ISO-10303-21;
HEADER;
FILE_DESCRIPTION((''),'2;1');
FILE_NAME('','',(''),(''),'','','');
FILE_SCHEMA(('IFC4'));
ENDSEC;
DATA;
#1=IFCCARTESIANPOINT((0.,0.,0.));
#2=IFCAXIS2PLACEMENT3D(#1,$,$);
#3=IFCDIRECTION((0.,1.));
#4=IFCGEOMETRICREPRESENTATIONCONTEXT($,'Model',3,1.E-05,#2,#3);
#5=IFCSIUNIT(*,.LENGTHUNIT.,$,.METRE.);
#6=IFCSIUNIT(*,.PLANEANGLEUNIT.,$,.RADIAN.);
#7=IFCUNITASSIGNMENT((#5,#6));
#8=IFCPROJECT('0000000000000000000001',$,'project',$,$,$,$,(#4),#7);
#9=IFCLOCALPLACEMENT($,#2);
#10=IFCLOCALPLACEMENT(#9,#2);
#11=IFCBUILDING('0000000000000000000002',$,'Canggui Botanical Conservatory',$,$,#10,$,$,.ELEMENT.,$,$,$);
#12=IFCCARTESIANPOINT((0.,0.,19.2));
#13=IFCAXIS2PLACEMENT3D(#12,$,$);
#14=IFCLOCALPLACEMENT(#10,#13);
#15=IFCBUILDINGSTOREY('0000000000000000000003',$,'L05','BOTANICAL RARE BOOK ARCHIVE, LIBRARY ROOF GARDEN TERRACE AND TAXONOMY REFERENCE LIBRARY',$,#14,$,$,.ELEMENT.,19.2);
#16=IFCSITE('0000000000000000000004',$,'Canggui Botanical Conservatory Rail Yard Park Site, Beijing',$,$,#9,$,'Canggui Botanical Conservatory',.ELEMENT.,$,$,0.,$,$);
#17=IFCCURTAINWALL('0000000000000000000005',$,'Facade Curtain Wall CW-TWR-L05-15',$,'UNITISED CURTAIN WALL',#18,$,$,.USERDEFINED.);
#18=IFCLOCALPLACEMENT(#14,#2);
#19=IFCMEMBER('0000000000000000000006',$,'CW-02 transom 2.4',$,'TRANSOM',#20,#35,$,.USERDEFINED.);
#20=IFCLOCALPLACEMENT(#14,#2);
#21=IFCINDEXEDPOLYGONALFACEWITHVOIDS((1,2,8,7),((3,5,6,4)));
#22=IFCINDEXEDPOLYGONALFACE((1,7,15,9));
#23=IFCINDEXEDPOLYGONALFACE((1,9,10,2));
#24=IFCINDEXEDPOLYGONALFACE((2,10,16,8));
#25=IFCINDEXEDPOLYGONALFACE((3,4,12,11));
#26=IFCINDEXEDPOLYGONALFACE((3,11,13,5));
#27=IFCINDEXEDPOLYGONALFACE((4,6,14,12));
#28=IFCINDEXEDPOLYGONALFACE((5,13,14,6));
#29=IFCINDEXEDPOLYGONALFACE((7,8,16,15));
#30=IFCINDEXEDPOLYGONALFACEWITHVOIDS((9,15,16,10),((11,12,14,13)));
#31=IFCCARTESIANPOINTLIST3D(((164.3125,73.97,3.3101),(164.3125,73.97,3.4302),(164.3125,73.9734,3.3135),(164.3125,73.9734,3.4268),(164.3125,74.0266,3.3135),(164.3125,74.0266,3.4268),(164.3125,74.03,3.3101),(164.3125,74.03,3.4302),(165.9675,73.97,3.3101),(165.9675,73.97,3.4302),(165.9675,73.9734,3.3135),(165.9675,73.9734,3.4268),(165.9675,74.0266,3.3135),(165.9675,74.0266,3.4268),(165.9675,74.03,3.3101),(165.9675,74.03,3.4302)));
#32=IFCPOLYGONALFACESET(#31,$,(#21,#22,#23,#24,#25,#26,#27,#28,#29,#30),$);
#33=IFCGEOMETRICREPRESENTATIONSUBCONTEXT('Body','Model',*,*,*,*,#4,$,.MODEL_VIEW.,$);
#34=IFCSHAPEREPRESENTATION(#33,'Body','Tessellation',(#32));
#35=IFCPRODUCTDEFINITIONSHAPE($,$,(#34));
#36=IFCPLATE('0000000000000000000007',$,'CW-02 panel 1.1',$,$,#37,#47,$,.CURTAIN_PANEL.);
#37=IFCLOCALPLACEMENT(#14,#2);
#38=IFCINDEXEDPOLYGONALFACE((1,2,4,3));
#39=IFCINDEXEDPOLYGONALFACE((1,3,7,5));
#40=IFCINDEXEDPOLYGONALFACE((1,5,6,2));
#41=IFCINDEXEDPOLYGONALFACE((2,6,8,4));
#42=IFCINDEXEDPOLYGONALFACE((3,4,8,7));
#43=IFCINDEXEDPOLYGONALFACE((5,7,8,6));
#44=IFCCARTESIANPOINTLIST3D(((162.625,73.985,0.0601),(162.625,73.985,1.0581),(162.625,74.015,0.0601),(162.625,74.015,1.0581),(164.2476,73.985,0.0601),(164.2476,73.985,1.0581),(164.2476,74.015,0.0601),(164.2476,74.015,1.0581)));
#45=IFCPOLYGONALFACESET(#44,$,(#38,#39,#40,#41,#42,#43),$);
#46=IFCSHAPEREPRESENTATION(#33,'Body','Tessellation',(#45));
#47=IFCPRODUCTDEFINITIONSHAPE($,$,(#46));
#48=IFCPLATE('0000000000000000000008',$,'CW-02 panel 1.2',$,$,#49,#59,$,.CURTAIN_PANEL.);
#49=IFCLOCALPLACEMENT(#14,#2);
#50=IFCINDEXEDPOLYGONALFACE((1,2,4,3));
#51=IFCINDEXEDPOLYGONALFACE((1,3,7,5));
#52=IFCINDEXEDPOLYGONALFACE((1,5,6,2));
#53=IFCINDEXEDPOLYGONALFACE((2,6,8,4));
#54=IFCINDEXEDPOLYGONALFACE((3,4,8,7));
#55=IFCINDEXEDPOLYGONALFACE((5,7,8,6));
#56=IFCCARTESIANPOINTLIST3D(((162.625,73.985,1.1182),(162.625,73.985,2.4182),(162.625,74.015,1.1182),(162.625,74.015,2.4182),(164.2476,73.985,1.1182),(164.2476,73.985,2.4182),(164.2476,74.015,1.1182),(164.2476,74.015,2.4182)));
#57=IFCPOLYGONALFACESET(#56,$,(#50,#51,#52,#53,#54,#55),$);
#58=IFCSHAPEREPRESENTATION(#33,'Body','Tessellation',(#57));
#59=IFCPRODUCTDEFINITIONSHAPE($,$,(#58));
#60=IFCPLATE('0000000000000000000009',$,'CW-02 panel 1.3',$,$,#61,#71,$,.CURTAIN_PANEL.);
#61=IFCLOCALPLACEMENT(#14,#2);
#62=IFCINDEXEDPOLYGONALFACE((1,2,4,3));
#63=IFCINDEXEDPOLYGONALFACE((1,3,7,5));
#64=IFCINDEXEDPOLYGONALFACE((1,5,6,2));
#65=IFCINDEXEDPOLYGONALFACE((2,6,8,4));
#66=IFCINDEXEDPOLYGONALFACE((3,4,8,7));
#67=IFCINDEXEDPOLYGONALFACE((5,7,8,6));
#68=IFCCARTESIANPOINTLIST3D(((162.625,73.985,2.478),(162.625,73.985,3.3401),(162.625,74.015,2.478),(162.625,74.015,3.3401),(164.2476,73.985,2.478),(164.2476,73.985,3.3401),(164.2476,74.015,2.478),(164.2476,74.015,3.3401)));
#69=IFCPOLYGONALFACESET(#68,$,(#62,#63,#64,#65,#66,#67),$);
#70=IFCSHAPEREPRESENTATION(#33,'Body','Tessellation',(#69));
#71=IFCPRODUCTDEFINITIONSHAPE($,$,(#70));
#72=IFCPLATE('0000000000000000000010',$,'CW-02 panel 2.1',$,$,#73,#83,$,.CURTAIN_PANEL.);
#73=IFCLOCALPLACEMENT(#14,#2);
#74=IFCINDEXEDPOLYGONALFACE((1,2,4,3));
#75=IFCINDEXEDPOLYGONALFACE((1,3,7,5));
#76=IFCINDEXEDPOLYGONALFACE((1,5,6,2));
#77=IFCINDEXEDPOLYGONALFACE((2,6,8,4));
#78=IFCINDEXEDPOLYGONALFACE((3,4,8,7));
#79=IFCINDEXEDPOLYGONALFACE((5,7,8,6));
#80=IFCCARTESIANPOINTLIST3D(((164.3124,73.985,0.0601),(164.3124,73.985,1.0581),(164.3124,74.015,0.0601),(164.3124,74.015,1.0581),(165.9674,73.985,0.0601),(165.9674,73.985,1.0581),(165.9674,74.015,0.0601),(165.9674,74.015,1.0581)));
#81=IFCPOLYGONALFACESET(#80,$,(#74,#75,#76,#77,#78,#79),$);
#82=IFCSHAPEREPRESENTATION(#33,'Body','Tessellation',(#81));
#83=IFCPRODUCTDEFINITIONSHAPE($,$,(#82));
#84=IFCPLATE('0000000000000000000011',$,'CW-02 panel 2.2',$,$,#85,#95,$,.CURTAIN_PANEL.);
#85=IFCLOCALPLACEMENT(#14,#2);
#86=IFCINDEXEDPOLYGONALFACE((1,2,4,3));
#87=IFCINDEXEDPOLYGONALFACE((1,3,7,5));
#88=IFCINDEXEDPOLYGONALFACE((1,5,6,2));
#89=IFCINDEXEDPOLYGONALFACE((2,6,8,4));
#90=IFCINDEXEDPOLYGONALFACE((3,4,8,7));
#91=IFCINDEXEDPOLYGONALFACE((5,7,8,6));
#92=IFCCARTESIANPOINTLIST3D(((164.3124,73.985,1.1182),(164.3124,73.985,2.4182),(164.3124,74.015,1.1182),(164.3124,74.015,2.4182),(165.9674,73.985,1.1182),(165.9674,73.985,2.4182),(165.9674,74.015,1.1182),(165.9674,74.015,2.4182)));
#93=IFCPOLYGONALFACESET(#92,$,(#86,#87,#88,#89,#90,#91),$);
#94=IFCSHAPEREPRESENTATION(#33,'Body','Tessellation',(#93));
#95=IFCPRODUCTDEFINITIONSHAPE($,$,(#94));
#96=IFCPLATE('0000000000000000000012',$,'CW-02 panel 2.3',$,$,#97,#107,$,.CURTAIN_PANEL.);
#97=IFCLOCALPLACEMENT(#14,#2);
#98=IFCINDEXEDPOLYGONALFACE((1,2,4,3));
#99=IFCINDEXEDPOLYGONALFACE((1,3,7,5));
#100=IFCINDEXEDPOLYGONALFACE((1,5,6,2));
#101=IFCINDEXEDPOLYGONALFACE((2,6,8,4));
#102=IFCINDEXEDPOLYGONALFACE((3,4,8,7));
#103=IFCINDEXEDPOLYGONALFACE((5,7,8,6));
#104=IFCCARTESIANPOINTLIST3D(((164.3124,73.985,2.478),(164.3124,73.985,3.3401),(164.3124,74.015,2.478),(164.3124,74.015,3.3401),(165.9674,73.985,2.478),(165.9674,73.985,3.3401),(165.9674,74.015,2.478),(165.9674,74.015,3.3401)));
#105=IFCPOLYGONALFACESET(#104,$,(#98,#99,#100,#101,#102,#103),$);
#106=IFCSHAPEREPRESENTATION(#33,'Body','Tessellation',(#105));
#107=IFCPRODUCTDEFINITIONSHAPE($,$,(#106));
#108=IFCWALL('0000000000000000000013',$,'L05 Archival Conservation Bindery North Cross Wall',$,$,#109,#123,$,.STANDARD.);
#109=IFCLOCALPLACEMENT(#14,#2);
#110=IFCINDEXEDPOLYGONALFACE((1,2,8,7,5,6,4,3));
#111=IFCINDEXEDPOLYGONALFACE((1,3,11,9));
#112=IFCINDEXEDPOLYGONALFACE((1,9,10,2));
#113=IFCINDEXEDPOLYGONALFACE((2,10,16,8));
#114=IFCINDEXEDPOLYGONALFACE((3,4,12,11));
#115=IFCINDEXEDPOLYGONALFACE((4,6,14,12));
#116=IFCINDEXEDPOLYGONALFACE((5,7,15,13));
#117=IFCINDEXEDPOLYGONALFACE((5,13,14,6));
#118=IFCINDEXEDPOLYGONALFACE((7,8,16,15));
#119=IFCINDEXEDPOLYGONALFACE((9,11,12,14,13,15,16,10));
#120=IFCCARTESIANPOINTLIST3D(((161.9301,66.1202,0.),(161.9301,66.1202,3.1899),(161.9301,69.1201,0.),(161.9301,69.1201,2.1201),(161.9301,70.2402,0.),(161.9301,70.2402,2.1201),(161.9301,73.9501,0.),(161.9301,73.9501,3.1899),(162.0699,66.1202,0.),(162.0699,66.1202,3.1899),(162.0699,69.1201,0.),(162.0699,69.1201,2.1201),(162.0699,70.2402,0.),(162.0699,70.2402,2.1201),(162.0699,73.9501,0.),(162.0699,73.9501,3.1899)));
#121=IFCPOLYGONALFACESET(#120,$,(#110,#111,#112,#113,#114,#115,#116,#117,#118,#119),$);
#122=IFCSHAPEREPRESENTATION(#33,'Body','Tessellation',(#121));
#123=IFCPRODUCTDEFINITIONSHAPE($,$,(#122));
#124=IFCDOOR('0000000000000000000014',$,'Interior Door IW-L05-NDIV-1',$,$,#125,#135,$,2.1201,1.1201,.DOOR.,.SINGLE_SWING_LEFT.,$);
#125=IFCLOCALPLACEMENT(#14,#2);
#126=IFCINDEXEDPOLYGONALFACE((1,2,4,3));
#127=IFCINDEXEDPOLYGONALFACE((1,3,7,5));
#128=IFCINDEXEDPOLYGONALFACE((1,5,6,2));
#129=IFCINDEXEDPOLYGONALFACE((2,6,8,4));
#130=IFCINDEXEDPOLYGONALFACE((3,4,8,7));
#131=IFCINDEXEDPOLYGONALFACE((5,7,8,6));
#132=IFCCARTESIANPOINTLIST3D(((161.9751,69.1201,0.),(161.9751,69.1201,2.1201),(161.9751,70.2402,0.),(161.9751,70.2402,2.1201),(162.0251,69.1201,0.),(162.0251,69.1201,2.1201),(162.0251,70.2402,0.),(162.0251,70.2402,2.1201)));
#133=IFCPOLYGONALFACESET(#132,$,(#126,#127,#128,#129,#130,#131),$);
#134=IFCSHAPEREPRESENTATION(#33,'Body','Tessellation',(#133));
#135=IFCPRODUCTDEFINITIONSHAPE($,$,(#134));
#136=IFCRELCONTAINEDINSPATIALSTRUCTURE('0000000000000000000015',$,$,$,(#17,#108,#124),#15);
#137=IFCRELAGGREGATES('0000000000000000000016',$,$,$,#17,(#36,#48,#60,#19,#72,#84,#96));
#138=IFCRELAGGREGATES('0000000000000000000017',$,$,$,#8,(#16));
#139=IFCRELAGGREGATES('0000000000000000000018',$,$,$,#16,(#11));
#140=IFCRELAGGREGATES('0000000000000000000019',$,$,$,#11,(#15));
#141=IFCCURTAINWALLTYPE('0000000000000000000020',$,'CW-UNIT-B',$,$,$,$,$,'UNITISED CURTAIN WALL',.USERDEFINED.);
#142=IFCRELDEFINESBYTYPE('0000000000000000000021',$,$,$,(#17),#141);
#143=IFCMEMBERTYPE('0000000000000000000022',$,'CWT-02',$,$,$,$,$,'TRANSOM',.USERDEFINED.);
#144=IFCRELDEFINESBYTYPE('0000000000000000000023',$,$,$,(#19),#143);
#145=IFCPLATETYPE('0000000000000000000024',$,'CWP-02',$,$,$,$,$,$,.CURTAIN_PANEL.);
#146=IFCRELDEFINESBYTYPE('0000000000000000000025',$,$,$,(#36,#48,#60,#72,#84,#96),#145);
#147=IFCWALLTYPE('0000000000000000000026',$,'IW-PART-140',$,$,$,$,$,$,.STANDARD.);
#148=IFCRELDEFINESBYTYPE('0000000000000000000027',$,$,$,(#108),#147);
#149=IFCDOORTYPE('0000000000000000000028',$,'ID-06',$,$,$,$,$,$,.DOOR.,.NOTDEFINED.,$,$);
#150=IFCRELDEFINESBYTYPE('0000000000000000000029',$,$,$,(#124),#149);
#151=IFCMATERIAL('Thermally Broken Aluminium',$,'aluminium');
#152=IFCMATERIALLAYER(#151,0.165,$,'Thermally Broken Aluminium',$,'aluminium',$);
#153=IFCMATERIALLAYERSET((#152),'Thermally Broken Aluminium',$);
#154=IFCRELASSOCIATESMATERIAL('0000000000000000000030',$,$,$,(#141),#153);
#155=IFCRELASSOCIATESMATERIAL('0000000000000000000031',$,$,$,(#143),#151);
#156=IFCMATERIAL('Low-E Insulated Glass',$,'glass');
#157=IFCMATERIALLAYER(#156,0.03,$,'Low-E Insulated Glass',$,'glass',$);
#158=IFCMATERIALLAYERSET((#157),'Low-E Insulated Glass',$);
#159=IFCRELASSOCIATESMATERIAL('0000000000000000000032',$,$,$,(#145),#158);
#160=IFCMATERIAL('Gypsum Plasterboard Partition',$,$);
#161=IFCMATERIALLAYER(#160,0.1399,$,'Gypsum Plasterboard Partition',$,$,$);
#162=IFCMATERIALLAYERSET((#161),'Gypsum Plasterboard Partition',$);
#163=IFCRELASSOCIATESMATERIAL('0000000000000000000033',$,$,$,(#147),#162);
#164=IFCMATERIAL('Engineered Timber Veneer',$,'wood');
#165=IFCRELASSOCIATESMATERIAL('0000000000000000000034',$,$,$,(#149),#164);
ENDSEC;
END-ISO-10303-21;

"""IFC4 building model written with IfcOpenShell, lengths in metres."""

from ifc_helpers import new_model, si_unit, direction, frame, frame_2d, origin, origin_2d, place, context, subcontext, project, spatial, rectangle, hollow_rectangle, extrude, material, layer, layer_set, material_profile, profile_set, type_object, element, fill, aggregate, save


model = new_model("IFC4")

# Units and contexts
model_context = context("Model", 3, precision=1e-05, world=origin(), true_north=direction((0.0, 1.0)))
body_context = subcontext(model_context, "Body", "Model", "MODEL_VIEW")
ifc_project = project(units=[si_unit("LENGTHUNIT", "METRE"), si_unit("PLANEANGLEUNIT", "RADIAN")], contexts=[model_context])

# Site, building, storey
site_placement = place(None, origin())
site = spatial("IfcSite", under=ifc_project, at=site_placement, Name="Canggui Botanical Conservatory Rail Yard Park Site, Beijing", LongName="Canggui Botanical Conservatory", CompositionType="ELEMENT", RefElevation=0.0)
building_placement = place(site_placement, origin())
building = spatial("IfcBuilding", under=site, at=building_placement, Name="Canggui Botanical Conservatory", CompositionType="ELEMENT")
storey_placement = place(building_placement, frame((0.0, 0.0, 19.2)))
storey = spatial("IfcBuildingStorey", under=building, at=storey_placement, Name="L05", Description="BOTANICAL RARE BOOK ARCHIVE, LIBRARY ROOF GARDEN TERRACE AND TAXONOMY REFERENCE LIBRARY", CompositionType="ELEMENT", Elevation=19.2)

# Curtain wall, member, plates
ifc_material_1 = material(Name="Thermally Broken Aluminium", Category="aluminium")
ifc_layer_1 = layer(ifc_material_1, 0.165, Name="Thermally Broken Aluminium", Category="aluminium")
ifc_layer_set_1 = layer_set([ifc_layer_1], Name="Thermally Broken Aluminium")
curtain_wall_type = type_object("IfcCurtainWallType", Name="CW-UNIT-B", ElementType="UNITISED CURTAIN WALL", PredefinedType="USERDEFINED", material=ifc_layer_set_1)
curtain_wall_placement = place(storey_placement, origin())
curtain_wall = element("IfcCurtainWall", 1, at=curtain_wall_placement, inside=storey, type_object=curtain_wall_type, Name="Facade Curtain Wall CW-TWR-L05-15", ObjectType="UNITISED CURTAIN WALL", PredefinedType="USERDEFINED")
ifc_material_profile_1 = material_profile(ifc_material_1, hollow_rectangle(XDim=0.0601, YDim=0.1201, WallThickness=0.0034, at=origin_2d()), Name="CWT 60x120x3.5")
ifc_profile_set_1 = profile_set([ifc_material_profile_1], Name="Thermally Broken Aluminium")
member_type_1 = type_object("IfcMemberType", Name="CWT-02", ElementType="TRANSOM", PredefinedType="USERDEFINED", material=ifc_profile_set_1)
member_1_placement = place(storey_placement, frame((164.3125, 74.0, 3.3701), z_axis=(1.0, 0.0, 0.0), x_axis=(0.0, 1.0, 0.0)))
member_1 = element("IfcMember", 2, at=member_1_placement, type_object=member_type_1, Name="CW-02 transom 2.4", ObjectType="TRANSOM", PredefinedType="USERDEFINED", context=body_context, shape_type="SweptSolid", body=[
    extrude(hollow_rectangle(XDim=0.0601, YDim=0.1201, WallThickness=0.0034, at=origin_2d()), origin(), (0.0, 0.0, 1.0), 1.655),
])
ifc_material_2 = material(Name="Low-E Insulated Glass", Category="glass")
ifc_layer_2 = layer(ifc_material_2, 0.03, Name="Low-E Insulated Glass", Category="glass")
ifc_layer_set_2 = layer_set([ifc_layer_2], Name="Low-E Insulated Glass")
plate_type = type_object("IfcPlateType", Name="CWP-02", PredefinedType="CURTAIN_PANEL", material=ifc_layer_set_2)
plate_1_placement = place(storey_placement, frame((163.4363, 74.0, 0.0601), z_axis=(0.0, 0.0, 1.0), x_axis=(1.0, 0.0, 0.0)))
plate_1 = element("IfcPlate", 3, at=plate_1_placement, type_object=plate_type, Name="CW-02 panel 1.1", PredefinedType="CURTAIN_PANEL", context=body_context, shape_type="SweptSolid", body=[
    extrude(rectangle(XDim=1.6226, YDim=0.03, at=origin_2d()), origin(), (0.0, 0.0, 1.0), 0.998),
])
plate_2_placement = place(storey_placement, frame((163.4363, 74.0, 1.1182), z_axis=(0.0, 0.0, 1.0), x_axis=(1.0, 0.0, 0.0)))
plate_2 = element("IfcPlate", 4, at=plate_2_placement, type_object=plate_type, Name="CW-02 panel 1.2", PredefinedType="CURTAIN_PANEL", context=body_context, shape_type="SweptSolid", body=[
    extrude(rectangle(XDim=1.6226, YDim=0.03, at=origin_2d()), origin(), (0.0, 0.0, 1.0), 1.3),
])
plate_3_placement = place(storey_placement, frame((163.4363, 74.0, 2.478), z_axis=(0.0, 0.0, 1.0), x_axis=(1.0, 0.0, 0.0)))
plate_3 = element("IfcPlate", 5, at=plate_3_placement, type_object=plate_type, Name="CW-02 panel 1.3", PredefinedType="CURTAIN_PANEL", context=body_context, shape_type="SweptSolid", body=[
    extrude(rectangle(XDim=1.6226, YDim=0.03, at=origin_2d()), origin(), (0.0, 0.0, 1.0), 0.8621),
])
plate_4_placement = place(storey_placement, frame((165.1399, 74.0, 0.0601), z_axis=(0.0, 0.0, 1.0), x_axis=(1.0, 0.0, 0.0)))
plate_4 = element("IfcPlate", 6, at=plate_4_placement, type_object=plate_type, Name="CW-02 panel 2.1", PredefinedType="CURTAIN_PANEL", context=body_context, shape_type="SweptSolid", body=[
    extrude(rectangle(XDim=1.655, YDim=0.03, at=origin_2d()), origin(), (0.0, 0.0, 1.0), 0.998),
])
plate_5_placement = place(storey_placement, frame((165.1399, 74.0, 1.1182), z_axis=(0.0, 0.0, 1.0), x_axis=(1.0, 0.0, 0.0)))
plate_5 = element("IfcPlate", 7, at=plate_5_placement, type_object=plate_type, Name="CW-02 panel 2.2", PredefinedType="CURTAIN_PANEL", context=body_context, shape_type="SweptSolid", body=[
    extrude(rectangle(XDim=1.655, YDim=0.03, at=origin_2d()), origin(), (0.0, 0.0, 1.0), 1.3),
])
plate_6_placement = place(storey_placement, frame((165.1399, 74.0, 2.478), z_axis=(0.0, 0.0, 1.0), x_axis=(1.0, 0.0, 0.0)))
plate_6 = element("IfcPlate", 8, at=plate_6_placement, type_object=plate_type, Name="CW-02 panel 2.3", PredefinedType="CURTAIN_PANEL", context=body_context, shape_type="SweptSolid", body=[
    extrude(rectangle(XDim=1.655, YDim=0.03, at=origin_2d()), origin(), (0.0, 0.0, 1.0), 0.8621),
])
aggregate(curtain_wall, [plate_1, plate_2, plate_3, member_1, plate_4, plate_5, plate_6])

# Wall, opening, door
ifc_material_3 = material(Name="Gypsum Plasterboard Partition")
ifc_layer_3 = layer(ifc_material_3, 0.1399, Name="Gypsum Plasterboard Partition")
ifc_layer_set_3 = layer_set([ifc_layer_3], Name="Gypsum Plasterboard Partition")
wall_type = type_object("IfcWallType", Name="IW-PART-140", PredefinedType="STANDARD", material=ifc_layer_set_3)
wall_placement = place(storey_placement, frame((162.0, 66.1201, 0.0), z_axis=(0.0, 0.0, 1.0), x_axis=(0.0, 1.0, 0.0)))
wall = element("IfcWall", 9, at=wall_placement, inside=storey, type_object=wall_type, Name="L05 Archival Conservation Bindery North Cross Wall", PredefinedType="STANDARD", context=body_context, shape_type="SweptSolid", body=[
    extrude(rectangle(XDim=7.8298, YDim=0.1399, at=frame_2d((3.915, 0.0))), origin(), (0.0, 0.0, 1.0), 3.1899),
])
opening_placement = place(wall_placement, frame((3.0, 0.0, 0.0)))
opening = element("IfcOpeningElement", 10, at=opening_placement, cuts=wall, PredefinedType="OPENING", context=body_context, shape_type="SweptSolid", body=[
    extrude(rectangle(XDim=1.1201, YDim=2.1201, at=frame_2d((0.5601, 1.0601))), frame((0.0, 0.0801, 0.0), z_axis=(0.0, -1.0, 0.0), x_axis=(1.0, 0.0, 0.0)), (0.0, 0.0, 1.0), 0.1599),
])
ifc_material_4 = material(Name="Engineered Timber Veneer", Category="wood")
door_type = type_object("IfcDoorType", Name="ID-06", OperationType="NOTDEFINED", PredefinedType="DOOR", material=ifc_material_4)
door_placement = place(opening_placement, origin())
door = element("IfcDoor", 11, at=door_placement, inside=storey, type_object=door_type, Name="Interior Door IW-L05-NDIV-1", OperationType="SINGLE_SWING_LEFT", OverallHeight=2.1201, OverallWidth=1.1201, PredefinedType="DOOR", context=body_context, shape_type="SweptSolid", body=[
    extrude(rectangle(XDim=1.1201, YDim=2.1201, at=frame_2d((0.5601, 1.0601))), frame((0.0, 0.0249, 0.0), z_axis=(0.0, -1.0, 0.0), x_axis=(1.0, 0.0, 0.0)), (0.0, 0.0, 1.0), 0.05),
])
fill(opening, door)

save(model, "model.ifc")
